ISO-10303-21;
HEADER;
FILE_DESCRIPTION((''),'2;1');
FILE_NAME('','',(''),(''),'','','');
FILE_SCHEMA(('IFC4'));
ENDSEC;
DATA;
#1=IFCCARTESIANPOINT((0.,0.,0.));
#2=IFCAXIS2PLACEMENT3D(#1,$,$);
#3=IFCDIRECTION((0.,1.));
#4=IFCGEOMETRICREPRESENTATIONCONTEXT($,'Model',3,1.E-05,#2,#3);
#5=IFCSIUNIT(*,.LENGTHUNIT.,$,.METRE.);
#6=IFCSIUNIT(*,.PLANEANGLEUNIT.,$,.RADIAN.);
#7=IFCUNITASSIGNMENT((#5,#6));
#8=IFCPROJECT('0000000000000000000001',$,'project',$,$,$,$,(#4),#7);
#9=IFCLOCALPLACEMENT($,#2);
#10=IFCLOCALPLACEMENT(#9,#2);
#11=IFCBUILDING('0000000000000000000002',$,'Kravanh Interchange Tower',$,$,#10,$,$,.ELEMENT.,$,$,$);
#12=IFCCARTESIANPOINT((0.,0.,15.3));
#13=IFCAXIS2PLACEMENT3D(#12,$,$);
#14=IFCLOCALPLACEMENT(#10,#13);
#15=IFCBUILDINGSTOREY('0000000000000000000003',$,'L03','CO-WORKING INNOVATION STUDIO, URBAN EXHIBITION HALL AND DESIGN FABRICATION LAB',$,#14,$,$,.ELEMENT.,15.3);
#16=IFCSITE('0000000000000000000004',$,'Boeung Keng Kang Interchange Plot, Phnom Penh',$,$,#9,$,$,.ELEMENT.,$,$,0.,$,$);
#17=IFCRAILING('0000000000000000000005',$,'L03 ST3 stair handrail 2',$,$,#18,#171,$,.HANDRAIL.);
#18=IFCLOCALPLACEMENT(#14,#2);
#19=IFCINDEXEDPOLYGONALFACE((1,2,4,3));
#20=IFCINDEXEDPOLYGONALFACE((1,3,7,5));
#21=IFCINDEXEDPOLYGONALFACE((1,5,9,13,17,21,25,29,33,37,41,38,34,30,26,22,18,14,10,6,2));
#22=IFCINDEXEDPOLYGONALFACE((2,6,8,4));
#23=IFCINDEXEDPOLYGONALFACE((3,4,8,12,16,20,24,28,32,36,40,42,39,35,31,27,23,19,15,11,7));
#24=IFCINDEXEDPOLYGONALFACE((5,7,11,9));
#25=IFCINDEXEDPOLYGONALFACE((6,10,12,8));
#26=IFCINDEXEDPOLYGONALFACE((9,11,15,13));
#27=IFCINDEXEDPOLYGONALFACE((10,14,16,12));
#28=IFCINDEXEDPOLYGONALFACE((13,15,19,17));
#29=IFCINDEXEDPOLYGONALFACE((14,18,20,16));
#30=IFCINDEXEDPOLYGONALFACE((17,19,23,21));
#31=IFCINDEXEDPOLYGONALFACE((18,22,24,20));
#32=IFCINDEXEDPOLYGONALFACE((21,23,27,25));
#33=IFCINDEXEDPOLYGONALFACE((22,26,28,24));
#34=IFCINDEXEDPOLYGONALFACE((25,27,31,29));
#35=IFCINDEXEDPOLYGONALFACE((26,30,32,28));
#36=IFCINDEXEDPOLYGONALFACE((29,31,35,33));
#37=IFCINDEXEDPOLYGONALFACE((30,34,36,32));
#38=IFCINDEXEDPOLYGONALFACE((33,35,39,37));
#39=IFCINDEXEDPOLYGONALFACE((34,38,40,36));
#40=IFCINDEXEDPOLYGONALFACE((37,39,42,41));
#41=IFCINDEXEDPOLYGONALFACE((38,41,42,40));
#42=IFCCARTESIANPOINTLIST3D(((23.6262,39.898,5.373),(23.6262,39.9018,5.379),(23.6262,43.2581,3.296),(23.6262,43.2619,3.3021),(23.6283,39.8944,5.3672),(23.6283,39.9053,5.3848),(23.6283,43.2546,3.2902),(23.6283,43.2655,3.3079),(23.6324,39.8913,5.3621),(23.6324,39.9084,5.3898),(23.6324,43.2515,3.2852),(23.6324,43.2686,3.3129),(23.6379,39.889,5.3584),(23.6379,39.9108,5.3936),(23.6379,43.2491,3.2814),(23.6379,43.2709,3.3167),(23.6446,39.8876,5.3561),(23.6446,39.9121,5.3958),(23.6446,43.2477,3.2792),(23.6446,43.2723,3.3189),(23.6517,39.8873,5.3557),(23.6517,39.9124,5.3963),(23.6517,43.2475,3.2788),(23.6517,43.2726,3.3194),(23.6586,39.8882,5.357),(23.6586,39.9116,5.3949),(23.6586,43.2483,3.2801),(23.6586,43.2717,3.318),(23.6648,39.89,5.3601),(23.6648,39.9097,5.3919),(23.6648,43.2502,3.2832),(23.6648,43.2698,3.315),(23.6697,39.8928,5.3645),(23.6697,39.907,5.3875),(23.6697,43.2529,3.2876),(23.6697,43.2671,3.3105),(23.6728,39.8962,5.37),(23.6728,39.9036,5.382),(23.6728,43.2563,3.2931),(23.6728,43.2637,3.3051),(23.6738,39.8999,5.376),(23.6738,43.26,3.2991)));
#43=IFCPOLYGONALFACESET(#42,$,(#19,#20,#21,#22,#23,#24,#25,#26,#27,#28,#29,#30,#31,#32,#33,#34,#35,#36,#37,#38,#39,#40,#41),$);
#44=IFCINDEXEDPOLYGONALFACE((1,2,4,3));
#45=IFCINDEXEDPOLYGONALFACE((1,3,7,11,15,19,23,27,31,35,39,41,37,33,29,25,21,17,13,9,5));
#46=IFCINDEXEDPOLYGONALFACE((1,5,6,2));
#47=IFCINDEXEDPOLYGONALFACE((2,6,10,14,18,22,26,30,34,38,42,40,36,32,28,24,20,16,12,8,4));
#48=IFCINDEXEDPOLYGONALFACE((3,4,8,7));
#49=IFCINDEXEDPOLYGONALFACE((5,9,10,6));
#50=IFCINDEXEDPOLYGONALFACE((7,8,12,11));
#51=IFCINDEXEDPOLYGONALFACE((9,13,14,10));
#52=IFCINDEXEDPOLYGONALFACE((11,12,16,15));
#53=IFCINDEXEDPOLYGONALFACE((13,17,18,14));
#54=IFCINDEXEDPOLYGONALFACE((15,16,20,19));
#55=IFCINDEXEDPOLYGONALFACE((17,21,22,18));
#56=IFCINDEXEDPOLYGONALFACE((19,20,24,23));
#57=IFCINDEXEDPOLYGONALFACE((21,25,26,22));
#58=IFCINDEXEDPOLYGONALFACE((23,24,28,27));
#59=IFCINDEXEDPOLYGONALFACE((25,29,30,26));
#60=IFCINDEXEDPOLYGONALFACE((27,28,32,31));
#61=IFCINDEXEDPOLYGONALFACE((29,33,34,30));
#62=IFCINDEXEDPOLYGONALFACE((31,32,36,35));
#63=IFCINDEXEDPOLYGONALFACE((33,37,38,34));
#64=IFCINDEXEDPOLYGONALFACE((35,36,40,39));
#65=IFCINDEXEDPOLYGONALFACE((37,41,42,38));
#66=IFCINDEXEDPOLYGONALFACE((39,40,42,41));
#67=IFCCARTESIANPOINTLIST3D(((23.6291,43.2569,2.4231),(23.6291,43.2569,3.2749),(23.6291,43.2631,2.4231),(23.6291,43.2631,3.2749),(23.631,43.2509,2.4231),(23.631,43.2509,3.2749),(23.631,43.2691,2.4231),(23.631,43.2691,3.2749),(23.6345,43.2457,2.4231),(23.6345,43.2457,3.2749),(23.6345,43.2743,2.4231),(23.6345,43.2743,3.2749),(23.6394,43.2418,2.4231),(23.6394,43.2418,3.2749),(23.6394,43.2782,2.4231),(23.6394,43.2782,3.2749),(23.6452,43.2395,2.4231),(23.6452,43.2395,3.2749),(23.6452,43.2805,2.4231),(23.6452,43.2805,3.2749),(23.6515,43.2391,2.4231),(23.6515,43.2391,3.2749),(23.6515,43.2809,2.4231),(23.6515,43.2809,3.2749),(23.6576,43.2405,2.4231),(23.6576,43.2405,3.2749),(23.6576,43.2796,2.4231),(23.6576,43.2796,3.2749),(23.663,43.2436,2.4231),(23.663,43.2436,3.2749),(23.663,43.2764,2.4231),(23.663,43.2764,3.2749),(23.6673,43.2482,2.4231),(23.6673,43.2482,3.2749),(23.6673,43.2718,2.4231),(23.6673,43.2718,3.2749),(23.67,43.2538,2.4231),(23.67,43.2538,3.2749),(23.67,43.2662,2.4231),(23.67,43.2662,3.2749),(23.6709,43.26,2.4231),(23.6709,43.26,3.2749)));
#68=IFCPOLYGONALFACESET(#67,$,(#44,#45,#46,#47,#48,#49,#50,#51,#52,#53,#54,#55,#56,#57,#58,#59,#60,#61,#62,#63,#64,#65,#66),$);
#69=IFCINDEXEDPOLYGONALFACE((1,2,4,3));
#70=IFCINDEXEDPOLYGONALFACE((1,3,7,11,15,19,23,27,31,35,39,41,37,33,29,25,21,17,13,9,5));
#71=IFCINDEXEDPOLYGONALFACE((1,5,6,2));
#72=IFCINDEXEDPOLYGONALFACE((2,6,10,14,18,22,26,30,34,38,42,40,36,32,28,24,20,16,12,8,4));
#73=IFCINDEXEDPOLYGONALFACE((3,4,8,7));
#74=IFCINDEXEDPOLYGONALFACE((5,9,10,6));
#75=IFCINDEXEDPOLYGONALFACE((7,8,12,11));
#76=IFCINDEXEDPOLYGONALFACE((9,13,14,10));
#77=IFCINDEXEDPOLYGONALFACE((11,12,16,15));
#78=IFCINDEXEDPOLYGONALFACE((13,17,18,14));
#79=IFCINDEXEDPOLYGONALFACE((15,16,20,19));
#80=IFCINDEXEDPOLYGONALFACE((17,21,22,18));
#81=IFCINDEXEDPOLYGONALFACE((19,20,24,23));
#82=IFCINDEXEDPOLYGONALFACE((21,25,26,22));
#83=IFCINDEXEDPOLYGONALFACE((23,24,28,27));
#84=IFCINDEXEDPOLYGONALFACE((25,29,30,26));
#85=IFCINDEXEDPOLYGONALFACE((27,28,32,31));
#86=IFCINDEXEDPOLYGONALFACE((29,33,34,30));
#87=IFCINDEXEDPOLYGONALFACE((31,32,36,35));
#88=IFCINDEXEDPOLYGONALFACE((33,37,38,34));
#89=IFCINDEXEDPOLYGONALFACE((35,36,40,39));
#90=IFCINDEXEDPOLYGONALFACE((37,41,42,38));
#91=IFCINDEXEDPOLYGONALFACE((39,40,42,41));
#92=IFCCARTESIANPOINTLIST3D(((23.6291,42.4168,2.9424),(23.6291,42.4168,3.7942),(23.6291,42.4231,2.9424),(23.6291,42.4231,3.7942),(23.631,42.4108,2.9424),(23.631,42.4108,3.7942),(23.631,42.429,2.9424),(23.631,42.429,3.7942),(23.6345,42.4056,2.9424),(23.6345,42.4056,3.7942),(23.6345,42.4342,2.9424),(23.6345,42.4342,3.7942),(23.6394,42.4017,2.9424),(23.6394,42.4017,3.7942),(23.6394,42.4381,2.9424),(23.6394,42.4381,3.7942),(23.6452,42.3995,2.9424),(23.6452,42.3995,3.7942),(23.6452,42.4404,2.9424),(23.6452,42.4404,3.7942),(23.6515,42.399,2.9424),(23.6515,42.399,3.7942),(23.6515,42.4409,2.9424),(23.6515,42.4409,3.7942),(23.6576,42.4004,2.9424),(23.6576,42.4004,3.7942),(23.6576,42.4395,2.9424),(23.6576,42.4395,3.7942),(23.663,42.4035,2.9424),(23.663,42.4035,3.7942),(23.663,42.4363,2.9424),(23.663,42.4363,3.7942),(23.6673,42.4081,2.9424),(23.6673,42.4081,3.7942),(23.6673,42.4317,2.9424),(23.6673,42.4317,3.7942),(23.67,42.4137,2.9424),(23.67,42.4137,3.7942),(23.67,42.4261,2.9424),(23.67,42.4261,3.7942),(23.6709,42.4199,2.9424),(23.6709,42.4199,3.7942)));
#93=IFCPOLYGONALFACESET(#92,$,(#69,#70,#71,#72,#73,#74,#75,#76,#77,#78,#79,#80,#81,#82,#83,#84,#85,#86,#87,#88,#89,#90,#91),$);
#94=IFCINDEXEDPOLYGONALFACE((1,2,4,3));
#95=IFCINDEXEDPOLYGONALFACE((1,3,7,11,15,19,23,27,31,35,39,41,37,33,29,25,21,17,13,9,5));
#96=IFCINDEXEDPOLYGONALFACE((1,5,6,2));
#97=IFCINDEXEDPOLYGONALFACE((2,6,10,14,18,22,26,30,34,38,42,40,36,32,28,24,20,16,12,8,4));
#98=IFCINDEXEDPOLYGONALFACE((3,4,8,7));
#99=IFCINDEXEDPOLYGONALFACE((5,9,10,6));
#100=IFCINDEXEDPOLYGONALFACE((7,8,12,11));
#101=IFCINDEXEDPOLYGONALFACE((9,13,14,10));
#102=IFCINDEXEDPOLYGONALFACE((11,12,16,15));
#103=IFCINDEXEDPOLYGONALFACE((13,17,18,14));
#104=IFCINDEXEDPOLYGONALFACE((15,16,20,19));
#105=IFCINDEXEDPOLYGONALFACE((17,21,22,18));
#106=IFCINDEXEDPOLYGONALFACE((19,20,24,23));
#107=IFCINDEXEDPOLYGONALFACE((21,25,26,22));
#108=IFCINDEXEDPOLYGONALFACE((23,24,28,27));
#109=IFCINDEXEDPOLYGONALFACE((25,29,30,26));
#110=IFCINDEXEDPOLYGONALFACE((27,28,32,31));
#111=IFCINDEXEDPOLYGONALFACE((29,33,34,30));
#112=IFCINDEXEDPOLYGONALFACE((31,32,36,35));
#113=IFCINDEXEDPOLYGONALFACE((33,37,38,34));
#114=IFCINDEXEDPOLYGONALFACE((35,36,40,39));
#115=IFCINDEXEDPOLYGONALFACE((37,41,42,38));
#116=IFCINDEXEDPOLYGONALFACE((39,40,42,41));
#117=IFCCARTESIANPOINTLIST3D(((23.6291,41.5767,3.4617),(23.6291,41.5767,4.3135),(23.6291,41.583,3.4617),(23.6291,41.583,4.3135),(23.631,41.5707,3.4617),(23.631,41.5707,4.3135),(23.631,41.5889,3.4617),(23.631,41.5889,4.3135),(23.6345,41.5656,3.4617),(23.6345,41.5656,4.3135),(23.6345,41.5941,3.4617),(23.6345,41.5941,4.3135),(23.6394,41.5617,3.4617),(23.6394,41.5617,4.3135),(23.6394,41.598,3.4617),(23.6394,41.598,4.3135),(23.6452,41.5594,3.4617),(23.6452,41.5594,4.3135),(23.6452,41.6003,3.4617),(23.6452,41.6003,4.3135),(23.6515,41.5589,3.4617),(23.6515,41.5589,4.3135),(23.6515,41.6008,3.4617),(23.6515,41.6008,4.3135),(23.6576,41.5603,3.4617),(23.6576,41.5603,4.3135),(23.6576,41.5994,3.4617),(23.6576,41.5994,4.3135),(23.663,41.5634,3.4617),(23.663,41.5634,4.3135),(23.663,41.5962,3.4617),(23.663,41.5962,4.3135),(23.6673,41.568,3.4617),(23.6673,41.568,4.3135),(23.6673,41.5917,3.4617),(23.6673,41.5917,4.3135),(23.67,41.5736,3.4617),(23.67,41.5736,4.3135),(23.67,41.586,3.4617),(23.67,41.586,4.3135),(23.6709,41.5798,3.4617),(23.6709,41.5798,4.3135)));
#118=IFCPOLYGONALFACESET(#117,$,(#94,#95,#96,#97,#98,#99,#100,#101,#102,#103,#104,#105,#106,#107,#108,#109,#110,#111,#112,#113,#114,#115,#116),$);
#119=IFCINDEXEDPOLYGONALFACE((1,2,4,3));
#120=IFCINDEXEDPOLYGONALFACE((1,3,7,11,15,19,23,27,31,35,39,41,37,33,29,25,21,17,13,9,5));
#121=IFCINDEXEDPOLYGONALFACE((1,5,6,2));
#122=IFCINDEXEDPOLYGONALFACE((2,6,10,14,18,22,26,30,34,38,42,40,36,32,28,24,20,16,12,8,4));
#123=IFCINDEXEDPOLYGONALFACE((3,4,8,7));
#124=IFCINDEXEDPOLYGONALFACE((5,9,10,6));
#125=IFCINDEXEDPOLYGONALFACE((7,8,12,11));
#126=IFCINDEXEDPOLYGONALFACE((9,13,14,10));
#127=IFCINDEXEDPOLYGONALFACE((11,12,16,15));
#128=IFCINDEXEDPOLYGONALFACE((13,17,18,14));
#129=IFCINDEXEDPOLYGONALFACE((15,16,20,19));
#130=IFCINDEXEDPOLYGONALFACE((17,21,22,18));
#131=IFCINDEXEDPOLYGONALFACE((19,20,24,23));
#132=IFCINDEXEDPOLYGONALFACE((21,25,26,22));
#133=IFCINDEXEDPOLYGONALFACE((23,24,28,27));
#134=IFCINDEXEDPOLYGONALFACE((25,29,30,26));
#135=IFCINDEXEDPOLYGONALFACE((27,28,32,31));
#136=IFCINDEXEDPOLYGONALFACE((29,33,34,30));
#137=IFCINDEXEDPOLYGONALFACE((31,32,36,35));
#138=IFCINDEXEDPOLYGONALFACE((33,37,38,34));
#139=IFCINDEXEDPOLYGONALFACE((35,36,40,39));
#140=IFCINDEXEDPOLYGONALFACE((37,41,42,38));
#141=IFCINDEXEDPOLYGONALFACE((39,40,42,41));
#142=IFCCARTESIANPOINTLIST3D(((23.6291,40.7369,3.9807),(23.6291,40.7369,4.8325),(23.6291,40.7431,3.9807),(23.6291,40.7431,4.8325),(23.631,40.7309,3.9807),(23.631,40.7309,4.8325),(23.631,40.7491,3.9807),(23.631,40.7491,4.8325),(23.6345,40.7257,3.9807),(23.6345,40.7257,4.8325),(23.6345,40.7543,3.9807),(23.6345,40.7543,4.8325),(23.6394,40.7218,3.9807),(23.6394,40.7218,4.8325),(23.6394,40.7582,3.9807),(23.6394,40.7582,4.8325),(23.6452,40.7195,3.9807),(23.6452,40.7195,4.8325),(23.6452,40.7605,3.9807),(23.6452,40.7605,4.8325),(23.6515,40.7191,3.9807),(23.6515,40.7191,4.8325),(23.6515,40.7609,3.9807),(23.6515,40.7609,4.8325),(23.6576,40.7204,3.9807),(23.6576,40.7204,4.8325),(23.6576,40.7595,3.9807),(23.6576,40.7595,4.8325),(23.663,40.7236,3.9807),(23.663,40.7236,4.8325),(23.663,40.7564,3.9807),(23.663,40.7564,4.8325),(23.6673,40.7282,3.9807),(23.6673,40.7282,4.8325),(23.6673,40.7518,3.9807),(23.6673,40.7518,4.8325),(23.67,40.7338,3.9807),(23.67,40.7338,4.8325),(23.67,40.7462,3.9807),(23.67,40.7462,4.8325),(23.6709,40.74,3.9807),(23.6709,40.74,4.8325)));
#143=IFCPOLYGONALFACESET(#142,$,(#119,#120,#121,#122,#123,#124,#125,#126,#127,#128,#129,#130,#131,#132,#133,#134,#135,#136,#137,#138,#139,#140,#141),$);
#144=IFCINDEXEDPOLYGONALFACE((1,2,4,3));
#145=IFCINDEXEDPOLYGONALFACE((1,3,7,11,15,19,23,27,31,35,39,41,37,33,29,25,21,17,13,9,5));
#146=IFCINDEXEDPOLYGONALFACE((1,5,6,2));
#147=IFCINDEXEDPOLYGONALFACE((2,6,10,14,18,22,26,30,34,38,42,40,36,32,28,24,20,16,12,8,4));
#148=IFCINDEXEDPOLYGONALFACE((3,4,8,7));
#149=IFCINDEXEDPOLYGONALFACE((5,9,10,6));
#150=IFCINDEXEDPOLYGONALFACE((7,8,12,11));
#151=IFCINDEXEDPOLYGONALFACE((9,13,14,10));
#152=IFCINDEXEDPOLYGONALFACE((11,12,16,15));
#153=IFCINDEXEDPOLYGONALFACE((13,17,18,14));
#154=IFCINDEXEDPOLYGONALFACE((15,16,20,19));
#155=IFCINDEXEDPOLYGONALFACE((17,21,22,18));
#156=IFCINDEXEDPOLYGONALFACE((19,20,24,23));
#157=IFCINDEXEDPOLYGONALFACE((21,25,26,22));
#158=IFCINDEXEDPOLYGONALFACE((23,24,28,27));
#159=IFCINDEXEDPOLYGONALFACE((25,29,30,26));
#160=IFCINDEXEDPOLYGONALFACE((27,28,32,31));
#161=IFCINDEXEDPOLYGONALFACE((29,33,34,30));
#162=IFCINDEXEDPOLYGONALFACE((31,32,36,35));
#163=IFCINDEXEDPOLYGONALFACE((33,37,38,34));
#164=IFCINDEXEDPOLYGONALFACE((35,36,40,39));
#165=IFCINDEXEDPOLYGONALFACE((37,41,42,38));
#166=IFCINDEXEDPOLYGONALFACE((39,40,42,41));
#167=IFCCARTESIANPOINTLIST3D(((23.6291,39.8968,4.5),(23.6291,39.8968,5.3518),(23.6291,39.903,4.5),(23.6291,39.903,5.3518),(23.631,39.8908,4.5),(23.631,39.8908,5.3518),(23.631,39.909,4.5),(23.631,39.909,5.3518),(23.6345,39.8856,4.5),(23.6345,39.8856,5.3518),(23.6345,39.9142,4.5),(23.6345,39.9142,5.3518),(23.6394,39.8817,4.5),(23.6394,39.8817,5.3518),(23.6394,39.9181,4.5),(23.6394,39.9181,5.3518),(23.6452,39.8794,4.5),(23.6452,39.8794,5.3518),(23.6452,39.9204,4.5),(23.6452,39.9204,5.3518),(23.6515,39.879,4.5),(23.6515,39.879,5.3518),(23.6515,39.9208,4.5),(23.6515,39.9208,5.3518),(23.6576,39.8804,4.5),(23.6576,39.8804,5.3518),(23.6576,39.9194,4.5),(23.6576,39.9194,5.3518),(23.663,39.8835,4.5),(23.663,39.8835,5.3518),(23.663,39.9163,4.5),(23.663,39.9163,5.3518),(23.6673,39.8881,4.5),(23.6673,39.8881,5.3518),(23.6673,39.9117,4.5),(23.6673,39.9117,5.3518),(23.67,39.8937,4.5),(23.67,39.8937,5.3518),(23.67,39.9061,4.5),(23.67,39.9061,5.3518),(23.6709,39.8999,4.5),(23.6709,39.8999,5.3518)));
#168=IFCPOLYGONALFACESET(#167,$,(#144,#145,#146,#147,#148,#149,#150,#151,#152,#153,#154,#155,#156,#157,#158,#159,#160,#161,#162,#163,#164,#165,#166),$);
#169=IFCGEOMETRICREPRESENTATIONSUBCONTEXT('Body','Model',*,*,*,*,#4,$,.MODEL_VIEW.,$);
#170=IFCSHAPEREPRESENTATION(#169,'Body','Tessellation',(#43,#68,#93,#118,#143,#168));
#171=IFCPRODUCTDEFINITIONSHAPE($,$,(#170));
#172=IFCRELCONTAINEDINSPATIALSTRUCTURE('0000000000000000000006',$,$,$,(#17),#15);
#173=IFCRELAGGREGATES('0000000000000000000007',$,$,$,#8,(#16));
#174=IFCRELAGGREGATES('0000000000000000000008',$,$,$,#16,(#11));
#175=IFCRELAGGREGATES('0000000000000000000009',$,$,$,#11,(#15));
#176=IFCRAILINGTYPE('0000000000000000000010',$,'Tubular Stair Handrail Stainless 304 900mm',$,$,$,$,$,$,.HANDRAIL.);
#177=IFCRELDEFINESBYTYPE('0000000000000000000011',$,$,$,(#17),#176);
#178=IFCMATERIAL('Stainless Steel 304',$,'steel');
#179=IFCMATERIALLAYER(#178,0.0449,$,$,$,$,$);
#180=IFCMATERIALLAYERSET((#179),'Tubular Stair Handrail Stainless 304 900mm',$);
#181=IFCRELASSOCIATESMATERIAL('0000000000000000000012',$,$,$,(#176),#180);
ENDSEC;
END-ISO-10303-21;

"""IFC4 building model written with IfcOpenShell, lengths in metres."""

from ifc_helpers import new_model, si_unit, direction, frame, origin, origin_2d, place, context, subcontext, project, spatial, circle, extrude, material, layer, layer_set, type_object, element, save


model = new_model("IFC4")

# Units and contexts
model_context = context("Model", 3, precision=1e-05, world=origin(), true_north=direction((0.0, 1.0)))
body_context = subcontext(model_context, "Body", "Model", "MODEL_VIEW")
ifc_project = project(units=[si_unit("LENGTHUNIT", "METRE"), si_unit("PLANEANGLEUNIT", "RADIAN")], contexts=[model_context])

# Site, building, storey
site_placement = place(None, origin())
site = spatial("IfcSite", under=ifc_project, at=site_placement, Name="Boeung Keng Kang Interchange Plot, Phnom Penh", CompositionType="ELEMENT", RefElevation=0.0)
building_placement = place(site_placement, origin())
building = spatial("IfcBuilding", under=site, at=building_placement, Name="Kravanh Interchange Tower", CompositionType="ELEMENT")
storey_placement = place(building_placement, frame((0.0, 0.0, 15.3)))
storey = spatial("IfcBuildingStorey", under=building, at=storey_placement, Name="L03", Description="CO-WORKING INNOVATION STUDIO, URBAN EXHIBITION HALL AND DESIGN FABRICATION LAB", CompositionType="ELEMENT", Elevation=15.3)

# Railing
ifc_material_1 = material(Name="Stainless Steel 304", Category="steel")
ifc_layer_1 = layer(ifc_material_1, 0.0449)
ifc_layer_set_1 = layer_set([ifc_layer_1], Name="Tubular Stair Handrail Stainless 304 900mm")
railing_type_1 = type_object("IfcRailingType", Name="Tubular Stair Handrail Stainless 304 900mm", PredefinedType="HANDRAIL", material=ifc_layer_set_1)
railing_1_placement = place(storey_placement, frame((23.6499, 43.26, 2.4231)))
element("IfcRailing", 1, at=railing_1_placement, inside=storey, type_object=railing_type_1, Name="L03 ST3 stair handrail 2", PredefinedType="HANDRAIL", context=body_context, shape_type="SweptSolid", body=[
    extrude(circle(Radius=0.0239, at=origin_2d()), frame((0.0, 0.0, 0.876), z_axis=(0.0, -0.850623, 0.525776), x_axis=(1.0, 0.0, 0.0)), (0.0, 0.0, 1.0), 3.9502),
    extrude(circle(Radius=0.021, at=origin_2d()), origin(), (0.0, 0.0, 1.0), 0.8518),
    extrude(circle(Radius=0.021, at=origin_2d()), frame((0.0, -0.8401, 0.5193)), (0.0, 0.0, 1.0), 0.8518),
    extrude(circle(Radius=0.021, at=origin_2d()), frame((0.0, -1.6802, 1.0386)), (0.0, 0.0, 1.0), 0.8518),
    extrude(circle(Radius=0.021, at=origin_2d()), frame((0.0, -2.52, 1.5576)), (0.0, 0.0, 1.0), 0.8518),
    extrude(circle(Radius=0.021, at=origin_2d()), frame((0.0, -3.3601, 2.0769)), (0.0, 0.0, 1.0), 0.8518),
])

save(model, "model.ifc")
